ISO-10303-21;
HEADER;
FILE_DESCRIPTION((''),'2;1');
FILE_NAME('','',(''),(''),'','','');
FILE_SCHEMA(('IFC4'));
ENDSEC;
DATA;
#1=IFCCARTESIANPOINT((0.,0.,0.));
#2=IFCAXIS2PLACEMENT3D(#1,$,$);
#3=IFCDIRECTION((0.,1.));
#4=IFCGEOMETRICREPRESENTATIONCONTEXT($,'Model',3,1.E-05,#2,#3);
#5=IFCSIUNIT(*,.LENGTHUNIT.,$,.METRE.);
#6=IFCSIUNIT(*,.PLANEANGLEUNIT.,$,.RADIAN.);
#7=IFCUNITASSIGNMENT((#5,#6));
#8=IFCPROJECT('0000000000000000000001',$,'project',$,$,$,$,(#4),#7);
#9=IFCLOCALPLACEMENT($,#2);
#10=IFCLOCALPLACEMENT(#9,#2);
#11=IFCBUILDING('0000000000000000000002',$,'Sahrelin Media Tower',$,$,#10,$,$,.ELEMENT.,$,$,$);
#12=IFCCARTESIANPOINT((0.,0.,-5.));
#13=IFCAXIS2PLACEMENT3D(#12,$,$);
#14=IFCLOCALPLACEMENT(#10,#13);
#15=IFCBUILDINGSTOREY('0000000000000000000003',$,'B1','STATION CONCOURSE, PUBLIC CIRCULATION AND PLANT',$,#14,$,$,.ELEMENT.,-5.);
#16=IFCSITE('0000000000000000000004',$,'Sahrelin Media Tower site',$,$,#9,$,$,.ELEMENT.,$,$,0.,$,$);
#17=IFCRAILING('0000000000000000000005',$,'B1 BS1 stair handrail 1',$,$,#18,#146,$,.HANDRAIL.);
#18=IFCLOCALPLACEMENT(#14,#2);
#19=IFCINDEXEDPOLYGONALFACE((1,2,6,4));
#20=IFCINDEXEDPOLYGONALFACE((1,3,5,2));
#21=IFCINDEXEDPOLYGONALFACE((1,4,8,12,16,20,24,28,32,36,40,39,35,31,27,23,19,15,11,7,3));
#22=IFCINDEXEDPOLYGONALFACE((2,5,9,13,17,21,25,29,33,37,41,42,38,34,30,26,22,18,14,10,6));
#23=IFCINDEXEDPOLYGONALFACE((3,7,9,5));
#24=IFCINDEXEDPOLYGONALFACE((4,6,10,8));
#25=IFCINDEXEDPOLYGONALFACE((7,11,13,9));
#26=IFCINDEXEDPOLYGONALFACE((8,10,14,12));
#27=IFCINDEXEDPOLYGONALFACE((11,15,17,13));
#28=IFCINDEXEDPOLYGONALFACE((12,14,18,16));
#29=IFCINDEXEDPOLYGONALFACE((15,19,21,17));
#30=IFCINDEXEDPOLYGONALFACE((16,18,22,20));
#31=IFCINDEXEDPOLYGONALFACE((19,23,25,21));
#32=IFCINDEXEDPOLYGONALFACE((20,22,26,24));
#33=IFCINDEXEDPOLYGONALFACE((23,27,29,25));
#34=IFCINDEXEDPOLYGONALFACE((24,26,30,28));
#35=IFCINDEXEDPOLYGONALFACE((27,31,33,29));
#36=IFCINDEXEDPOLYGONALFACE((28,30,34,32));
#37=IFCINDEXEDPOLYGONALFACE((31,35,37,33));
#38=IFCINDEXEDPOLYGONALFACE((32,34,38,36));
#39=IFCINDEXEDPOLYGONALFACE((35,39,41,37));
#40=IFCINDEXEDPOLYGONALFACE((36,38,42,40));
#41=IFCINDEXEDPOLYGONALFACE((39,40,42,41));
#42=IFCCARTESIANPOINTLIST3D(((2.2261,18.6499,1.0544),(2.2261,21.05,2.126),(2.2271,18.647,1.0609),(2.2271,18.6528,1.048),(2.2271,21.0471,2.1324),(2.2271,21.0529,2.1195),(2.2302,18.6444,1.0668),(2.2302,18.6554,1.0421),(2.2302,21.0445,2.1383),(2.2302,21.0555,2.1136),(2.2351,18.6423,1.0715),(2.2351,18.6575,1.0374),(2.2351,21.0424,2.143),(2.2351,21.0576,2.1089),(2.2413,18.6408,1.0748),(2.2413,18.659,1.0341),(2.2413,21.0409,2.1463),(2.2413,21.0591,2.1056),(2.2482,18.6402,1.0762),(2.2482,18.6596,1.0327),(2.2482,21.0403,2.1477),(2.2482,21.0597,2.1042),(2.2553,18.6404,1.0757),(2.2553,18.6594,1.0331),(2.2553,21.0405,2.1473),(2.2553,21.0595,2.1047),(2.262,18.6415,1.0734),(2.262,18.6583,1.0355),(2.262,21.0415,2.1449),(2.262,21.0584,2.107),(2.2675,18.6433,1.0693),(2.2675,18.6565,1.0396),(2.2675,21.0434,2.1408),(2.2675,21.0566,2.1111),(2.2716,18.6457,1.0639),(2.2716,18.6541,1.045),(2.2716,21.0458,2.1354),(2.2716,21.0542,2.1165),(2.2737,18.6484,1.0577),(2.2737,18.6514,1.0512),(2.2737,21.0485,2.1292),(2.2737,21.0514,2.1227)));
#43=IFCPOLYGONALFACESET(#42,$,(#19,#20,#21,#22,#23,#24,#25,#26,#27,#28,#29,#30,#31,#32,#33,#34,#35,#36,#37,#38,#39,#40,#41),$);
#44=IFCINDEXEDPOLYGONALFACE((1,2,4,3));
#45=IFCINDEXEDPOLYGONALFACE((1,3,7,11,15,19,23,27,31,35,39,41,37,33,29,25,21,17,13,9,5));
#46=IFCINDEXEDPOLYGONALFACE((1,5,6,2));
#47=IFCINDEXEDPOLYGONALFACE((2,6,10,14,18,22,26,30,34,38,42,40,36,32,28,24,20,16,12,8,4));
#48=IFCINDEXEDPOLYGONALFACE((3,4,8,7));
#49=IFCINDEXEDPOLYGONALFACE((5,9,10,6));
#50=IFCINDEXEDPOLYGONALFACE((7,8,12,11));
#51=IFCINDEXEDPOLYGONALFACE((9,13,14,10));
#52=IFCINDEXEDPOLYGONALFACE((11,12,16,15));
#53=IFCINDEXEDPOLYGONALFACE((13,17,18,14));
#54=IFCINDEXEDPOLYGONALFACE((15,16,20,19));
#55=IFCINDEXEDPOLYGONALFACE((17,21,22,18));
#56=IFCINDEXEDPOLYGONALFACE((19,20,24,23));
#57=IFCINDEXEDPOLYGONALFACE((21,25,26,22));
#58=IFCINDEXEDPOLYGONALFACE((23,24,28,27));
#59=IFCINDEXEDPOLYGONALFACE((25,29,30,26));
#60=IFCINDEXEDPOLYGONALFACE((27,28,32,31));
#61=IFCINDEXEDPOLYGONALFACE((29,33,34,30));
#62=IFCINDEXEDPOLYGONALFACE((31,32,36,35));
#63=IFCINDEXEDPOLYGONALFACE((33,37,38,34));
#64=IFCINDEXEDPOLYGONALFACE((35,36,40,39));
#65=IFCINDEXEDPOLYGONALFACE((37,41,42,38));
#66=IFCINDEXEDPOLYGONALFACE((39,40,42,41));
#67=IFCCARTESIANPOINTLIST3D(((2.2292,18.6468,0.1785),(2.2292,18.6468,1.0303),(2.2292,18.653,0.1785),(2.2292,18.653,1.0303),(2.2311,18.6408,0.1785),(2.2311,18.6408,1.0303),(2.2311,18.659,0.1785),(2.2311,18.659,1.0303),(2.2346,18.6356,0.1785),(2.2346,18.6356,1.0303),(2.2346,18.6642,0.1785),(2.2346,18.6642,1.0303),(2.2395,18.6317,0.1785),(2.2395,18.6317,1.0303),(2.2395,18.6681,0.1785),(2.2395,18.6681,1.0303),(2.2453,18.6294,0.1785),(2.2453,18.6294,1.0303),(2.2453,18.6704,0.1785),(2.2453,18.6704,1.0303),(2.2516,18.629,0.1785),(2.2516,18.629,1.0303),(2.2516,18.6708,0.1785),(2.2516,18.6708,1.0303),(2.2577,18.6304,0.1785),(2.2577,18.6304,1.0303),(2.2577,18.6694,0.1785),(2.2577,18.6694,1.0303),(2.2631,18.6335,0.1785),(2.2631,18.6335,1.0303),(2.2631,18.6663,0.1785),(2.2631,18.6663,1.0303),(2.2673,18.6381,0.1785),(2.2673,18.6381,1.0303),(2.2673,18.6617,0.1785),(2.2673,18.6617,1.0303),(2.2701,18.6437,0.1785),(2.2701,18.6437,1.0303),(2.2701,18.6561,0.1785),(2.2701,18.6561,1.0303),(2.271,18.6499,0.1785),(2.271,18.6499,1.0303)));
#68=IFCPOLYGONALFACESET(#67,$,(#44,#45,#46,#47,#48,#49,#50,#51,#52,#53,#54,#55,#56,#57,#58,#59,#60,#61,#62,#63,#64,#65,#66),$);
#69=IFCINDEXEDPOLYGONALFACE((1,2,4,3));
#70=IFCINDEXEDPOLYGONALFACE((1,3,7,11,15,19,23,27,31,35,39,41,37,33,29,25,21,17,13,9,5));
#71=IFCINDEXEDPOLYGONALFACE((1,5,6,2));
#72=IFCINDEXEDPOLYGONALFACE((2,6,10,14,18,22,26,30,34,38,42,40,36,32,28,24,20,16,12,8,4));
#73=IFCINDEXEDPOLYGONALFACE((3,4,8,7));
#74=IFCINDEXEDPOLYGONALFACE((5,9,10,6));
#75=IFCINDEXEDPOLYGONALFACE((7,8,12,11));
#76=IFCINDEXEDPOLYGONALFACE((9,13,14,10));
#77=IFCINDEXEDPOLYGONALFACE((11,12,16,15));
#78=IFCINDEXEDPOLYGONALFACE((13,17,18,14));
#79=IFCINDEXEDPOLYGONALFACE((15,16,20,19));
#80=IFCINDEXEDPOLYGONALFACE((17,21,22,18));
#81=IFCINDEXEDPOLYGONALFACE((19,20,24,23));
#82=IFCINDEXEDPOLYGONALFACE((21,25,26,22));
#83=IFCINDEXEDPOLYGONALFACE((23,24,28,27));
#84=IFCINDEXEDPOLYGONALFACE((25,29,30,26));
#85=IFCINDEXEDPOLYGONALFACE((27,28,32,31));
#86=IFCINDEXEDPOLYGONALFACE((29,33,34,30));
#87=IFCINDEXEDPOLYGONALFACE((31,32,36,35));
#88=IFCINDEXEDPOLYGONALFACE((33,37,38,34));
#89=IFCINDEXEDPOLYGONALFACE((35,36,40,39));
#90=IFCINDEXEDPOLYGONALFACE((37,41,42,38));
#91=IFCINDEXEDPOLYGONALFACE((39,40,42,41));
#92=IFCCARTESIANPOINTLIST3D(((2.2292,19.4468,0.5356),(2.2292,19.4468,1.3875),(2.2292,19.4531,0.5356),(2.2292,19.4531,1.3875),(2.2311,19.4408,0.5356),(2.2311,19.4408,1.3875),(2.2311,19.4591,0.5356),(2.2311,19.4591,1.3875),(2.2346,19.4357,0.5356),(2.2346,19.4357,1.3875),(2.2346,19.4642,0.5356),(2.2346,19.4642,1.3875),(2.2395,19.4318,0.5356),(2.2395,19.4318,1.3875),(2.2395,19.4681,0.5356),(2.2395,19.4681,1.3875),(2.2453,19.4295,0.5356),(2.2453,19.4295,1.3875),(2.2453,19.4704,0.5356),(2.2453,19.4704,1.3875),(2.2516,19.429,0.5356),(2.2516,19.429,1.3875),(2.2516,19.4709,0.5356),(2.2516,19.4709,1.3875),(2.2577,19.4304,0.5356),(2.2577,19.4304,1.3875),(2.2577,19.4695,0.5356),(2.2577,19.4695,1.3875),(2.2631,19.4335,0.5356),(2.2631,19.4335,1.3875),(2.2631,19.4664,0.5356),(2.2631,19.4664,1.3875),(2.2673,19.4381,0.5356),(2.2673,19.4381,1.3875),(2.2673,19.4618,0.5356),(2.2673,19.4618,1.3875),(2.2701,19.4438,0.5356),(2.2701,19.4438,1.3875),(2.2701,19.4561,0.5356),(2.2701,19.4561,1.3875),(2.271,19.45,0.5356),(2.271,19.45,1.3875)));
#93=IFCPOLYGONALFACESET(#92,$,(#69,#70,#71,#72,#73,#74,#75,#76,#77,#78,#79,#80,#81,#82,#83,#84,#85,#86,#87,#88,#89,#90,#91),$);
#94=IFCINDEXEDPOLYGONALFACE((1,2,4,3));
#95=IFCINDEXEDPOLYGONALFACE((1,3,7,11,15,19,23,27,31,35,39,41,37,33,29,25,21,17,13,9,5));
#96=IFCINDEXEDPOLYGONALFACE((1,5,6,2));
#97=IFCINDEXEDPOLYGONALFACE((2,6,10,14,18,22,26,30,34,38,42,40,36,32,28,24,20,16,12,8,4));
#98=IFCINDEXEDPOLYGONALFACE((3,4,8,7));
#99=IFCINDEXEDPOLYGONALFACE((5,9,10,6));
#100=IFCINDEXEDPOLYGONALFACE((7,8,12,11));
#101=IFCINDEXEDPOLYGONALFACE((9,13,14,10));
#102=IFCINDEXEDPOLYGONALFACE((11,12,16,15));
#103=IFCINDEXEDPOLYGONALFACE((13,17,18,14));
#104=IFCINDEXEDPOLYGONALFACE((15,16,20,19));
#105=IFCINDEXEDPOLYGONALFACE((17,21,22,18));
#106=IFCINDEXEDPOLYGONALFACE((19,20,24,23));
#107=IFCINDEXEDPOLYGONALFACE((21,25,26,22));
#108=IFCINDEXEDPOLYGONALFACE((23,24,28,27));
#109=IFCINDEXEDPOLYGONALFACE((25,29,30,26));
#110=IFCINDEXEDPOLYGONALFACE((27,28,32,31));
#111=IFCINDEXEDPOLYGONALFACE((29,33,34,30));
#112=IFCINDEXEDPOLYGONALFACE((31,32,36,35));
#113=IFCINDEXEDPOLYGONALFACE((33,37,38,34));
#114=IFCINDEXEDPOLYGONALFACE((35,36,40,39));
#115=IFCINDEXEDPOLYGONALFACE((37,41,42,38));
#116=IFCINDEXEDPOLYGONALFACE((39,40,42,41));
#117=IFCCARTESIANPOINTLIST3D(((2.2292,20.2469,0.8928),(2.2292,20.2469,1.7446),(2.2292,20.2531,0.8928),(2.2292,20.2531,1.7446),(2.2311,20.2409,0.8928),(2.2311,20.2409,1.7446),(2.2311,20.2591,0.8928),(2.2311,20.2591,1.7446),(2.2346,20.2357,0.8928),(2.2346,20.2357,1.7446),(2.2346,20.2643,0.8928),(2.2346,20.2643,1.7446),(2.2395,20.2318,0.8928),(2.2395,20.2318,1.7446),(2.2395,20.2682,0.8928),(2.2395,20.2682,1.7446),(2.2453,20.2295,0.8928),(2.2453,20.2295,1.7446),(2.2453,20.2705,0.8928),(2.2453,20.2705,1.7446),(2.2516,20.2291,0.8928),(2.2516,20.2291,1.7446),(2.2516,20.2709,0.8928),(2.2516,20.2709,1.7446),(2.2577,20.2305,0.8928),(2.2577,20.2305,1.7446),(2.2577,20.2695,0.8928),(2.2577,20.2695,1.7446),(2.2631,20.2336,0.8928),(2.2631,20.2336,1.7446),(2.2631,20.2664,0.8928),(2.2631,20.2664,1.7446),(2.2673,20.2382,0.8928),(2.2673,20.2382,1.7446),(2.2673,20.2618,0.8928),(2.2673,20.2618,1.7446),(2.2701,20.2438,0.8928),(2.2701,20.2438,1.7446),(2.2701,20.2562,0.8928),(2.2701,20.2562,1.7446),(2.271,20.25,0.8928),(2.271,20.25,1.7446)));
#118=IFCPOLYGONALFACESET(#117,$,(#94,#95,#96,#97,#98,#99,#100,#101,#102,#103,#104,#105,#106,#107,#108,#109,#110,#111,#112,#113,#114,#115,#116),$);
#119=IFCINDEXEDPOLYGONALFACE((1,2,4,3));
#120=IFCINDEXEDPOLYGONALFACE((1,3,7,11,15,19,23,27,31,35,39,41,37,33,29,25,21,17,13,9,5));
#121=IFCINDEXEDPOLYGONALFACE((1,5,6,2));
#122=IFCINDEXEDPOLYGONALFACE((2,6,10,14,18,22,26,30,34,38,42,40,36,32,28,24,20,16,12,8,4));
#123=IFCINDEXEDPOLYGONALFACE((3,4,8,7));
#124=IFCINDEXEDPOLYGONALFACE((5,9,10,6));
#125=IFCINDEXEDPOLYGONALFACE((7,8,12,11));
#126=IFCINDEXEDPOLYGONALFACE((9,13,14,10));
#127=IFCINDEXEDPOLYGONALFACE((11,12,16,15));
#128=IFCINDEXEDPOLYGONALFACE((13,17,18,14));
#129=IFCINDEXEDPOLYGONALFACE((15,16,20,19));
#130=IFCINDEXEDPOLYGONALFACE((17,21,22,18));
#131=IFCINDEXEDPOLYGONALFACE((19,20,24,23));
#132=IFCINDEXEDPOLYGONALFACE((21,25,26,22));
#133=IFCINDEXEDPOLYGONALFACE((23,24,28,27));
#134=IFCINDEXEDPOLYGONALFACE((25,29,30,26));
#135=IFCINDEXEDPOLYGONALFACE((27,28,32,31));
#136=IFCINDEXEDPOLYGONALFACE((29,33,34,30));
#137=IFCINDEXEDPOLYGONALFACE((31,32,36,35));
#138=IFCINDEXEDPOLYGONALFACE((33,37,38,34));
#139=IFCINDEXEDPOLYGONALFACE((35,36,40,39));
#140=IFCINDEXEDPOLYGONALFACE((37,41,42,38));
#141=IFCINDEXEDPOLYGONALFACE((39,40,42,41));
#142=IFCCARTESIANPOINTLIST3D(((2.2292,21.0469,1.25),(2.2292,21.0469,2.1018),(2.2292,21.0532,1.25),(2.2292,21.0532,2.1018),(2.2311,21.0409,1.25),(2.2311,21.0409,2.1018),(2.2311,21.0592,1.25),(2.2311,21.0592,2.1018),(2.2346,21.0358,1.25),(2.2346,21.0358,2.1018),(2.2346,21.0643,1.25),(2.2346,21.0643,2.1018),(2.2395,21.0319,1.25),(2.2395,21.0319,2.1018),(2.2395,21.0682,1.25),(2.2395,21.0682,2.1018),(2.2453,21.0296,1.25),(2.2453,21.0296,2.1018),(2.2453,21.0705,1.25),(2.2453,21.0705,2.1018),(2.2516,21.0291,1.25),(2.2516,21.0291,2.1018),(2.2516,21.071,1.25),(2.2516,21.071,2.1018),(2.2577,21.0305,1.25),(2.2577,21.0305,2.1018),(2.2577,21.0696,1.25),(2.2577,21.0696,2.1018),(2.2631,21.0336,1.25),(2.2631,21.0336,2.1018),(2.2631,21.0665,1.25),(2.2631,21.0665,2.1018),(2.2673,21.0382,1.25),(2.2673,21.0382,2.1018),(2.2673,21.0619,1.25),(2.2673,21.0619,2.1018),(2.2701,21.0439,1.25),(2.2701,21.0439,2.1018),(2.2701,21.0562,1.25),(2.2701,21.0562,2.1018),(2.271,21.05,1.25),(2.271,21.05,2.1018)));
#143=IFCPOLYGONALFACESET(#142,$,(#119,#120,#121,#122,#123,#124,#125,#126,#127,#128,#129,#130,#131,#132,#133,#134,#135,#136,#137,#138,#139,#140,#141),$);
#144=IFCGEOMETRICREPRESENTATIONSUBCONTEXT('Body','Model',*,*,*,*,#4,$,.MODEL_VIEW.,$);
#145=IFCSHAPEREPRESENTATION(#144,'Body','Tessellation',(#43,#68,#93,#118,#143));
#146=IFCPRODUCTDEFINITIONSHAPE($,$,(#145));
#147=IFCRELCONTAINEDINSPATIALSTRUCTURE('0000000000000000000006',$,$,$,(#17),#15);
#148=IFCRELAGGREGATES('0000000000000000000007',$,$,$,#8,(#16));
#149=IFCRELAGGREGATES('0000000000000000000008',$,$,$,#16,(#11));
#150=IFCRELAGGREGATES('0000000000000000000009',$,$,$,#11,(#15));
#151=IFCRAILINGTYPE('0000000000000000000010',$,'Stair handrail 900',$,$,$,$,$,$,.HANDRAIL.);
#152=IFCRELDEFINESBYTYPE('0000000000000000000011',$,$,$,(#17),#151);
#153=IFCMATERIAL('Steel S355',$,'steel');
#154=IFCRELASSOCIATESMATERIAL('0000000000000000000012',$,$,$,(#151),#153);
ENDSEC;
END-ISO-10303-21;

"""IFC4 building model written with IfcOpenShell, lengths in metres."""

from ifc_helpers import new_model, si_unit, direction, frame, origin, origin_2d, place, context, subcontext, project, spatial, circle, extrude, material, type_object, element, save


model = new_model("IFC4")

# Units and contexts
model_context = context("Model", 3, precision=1e-05, world=origin(), true_north=direction((0.0, 1.0)))
body_context = subcontext(model_context, "Body", "Model", "MODEL_VIEW")
ifc_project = project(units=[si_unit("LENGTHUNIT", "METRE"), si_unit("PLANEANGLEUNIT", "RADIAN")], contexts=[model_context])

# Site, building, storey
site_placement = place(None, origin())
site = spatial("IfcSite", under=ifc_project, at=site_placement, Name="Sahrelin Media Tower site", CompositionType="ELEMENT", RefElevation=0.0)
building_placement = place(site_placement, origin())
building = spatial("IfcBuilding", under=site, at=building_placement, Name="Sahrelin Media Tower", CompositionType="ELEMENT")
storey_placement = place(building_placement, frame((0.0, 0.0, -5.0)))
storey = spatial("IfcBuildingStorey", under=building, at=storey_placement, Name="B1", Description="STATION CONCOURSE, PUBLIC CIRCULATION AND PLANT", CompositionType="ELEMENT", Elevation=-5.0)

# Railing
ifc_material_1 = material(Name="Steel S355", Category="steel")
railing_type_1 = type_object("IfcRailingType", Name="Stair handrail 900", PredefinedType="HANDRAIL", material=ifc_material_1)
for number, where, name in (
    (1, (2.25, 18.6499, 0.1785), "B1 BS1 stair handrail 1"),
):
    element("IfcRailing", number, at=place(storey_placement, frame(where)), inside=storey, type_object=railing_type_1, Name=name, PredefinedType="HANDRAIL", context=body_context, shape_type="SweptSolid", body=[
        extrude(circle(Radius=0.0239, at=origin_2d()), frame((0.0, 0.0, 0.876), z_axis=(0.0, 0.913132, 0.407663), x_axis=(-1.0, 0.0, 0.0)), (0.0, 0.0, 1.0), 2.6284),
        extrude(circle(Radius=0.021, at=origin_2d()), origin(), (0.0, 0.0, 1.0), 0.8518),
        extrude(circle(Radius=0.021, at=origin_2d()), frame((0.0, 0.8, 0.3572)), (0.0, 0.0, 1.0), 0.8518),
        extrude(circle(Radius=0.021, at=origin_2d()), frame((0.0, 1.6001, 0.7144)), (0.0, 0.0, 1.0), 0.8518),
        extrude(circle(Radius=0.021, at=origin_2d()), frame((0.0, 2.4001, 1.0715)), (0.0, 0.0, 1.0), 0.8518),
    ])

save(model, "model.ifc")
